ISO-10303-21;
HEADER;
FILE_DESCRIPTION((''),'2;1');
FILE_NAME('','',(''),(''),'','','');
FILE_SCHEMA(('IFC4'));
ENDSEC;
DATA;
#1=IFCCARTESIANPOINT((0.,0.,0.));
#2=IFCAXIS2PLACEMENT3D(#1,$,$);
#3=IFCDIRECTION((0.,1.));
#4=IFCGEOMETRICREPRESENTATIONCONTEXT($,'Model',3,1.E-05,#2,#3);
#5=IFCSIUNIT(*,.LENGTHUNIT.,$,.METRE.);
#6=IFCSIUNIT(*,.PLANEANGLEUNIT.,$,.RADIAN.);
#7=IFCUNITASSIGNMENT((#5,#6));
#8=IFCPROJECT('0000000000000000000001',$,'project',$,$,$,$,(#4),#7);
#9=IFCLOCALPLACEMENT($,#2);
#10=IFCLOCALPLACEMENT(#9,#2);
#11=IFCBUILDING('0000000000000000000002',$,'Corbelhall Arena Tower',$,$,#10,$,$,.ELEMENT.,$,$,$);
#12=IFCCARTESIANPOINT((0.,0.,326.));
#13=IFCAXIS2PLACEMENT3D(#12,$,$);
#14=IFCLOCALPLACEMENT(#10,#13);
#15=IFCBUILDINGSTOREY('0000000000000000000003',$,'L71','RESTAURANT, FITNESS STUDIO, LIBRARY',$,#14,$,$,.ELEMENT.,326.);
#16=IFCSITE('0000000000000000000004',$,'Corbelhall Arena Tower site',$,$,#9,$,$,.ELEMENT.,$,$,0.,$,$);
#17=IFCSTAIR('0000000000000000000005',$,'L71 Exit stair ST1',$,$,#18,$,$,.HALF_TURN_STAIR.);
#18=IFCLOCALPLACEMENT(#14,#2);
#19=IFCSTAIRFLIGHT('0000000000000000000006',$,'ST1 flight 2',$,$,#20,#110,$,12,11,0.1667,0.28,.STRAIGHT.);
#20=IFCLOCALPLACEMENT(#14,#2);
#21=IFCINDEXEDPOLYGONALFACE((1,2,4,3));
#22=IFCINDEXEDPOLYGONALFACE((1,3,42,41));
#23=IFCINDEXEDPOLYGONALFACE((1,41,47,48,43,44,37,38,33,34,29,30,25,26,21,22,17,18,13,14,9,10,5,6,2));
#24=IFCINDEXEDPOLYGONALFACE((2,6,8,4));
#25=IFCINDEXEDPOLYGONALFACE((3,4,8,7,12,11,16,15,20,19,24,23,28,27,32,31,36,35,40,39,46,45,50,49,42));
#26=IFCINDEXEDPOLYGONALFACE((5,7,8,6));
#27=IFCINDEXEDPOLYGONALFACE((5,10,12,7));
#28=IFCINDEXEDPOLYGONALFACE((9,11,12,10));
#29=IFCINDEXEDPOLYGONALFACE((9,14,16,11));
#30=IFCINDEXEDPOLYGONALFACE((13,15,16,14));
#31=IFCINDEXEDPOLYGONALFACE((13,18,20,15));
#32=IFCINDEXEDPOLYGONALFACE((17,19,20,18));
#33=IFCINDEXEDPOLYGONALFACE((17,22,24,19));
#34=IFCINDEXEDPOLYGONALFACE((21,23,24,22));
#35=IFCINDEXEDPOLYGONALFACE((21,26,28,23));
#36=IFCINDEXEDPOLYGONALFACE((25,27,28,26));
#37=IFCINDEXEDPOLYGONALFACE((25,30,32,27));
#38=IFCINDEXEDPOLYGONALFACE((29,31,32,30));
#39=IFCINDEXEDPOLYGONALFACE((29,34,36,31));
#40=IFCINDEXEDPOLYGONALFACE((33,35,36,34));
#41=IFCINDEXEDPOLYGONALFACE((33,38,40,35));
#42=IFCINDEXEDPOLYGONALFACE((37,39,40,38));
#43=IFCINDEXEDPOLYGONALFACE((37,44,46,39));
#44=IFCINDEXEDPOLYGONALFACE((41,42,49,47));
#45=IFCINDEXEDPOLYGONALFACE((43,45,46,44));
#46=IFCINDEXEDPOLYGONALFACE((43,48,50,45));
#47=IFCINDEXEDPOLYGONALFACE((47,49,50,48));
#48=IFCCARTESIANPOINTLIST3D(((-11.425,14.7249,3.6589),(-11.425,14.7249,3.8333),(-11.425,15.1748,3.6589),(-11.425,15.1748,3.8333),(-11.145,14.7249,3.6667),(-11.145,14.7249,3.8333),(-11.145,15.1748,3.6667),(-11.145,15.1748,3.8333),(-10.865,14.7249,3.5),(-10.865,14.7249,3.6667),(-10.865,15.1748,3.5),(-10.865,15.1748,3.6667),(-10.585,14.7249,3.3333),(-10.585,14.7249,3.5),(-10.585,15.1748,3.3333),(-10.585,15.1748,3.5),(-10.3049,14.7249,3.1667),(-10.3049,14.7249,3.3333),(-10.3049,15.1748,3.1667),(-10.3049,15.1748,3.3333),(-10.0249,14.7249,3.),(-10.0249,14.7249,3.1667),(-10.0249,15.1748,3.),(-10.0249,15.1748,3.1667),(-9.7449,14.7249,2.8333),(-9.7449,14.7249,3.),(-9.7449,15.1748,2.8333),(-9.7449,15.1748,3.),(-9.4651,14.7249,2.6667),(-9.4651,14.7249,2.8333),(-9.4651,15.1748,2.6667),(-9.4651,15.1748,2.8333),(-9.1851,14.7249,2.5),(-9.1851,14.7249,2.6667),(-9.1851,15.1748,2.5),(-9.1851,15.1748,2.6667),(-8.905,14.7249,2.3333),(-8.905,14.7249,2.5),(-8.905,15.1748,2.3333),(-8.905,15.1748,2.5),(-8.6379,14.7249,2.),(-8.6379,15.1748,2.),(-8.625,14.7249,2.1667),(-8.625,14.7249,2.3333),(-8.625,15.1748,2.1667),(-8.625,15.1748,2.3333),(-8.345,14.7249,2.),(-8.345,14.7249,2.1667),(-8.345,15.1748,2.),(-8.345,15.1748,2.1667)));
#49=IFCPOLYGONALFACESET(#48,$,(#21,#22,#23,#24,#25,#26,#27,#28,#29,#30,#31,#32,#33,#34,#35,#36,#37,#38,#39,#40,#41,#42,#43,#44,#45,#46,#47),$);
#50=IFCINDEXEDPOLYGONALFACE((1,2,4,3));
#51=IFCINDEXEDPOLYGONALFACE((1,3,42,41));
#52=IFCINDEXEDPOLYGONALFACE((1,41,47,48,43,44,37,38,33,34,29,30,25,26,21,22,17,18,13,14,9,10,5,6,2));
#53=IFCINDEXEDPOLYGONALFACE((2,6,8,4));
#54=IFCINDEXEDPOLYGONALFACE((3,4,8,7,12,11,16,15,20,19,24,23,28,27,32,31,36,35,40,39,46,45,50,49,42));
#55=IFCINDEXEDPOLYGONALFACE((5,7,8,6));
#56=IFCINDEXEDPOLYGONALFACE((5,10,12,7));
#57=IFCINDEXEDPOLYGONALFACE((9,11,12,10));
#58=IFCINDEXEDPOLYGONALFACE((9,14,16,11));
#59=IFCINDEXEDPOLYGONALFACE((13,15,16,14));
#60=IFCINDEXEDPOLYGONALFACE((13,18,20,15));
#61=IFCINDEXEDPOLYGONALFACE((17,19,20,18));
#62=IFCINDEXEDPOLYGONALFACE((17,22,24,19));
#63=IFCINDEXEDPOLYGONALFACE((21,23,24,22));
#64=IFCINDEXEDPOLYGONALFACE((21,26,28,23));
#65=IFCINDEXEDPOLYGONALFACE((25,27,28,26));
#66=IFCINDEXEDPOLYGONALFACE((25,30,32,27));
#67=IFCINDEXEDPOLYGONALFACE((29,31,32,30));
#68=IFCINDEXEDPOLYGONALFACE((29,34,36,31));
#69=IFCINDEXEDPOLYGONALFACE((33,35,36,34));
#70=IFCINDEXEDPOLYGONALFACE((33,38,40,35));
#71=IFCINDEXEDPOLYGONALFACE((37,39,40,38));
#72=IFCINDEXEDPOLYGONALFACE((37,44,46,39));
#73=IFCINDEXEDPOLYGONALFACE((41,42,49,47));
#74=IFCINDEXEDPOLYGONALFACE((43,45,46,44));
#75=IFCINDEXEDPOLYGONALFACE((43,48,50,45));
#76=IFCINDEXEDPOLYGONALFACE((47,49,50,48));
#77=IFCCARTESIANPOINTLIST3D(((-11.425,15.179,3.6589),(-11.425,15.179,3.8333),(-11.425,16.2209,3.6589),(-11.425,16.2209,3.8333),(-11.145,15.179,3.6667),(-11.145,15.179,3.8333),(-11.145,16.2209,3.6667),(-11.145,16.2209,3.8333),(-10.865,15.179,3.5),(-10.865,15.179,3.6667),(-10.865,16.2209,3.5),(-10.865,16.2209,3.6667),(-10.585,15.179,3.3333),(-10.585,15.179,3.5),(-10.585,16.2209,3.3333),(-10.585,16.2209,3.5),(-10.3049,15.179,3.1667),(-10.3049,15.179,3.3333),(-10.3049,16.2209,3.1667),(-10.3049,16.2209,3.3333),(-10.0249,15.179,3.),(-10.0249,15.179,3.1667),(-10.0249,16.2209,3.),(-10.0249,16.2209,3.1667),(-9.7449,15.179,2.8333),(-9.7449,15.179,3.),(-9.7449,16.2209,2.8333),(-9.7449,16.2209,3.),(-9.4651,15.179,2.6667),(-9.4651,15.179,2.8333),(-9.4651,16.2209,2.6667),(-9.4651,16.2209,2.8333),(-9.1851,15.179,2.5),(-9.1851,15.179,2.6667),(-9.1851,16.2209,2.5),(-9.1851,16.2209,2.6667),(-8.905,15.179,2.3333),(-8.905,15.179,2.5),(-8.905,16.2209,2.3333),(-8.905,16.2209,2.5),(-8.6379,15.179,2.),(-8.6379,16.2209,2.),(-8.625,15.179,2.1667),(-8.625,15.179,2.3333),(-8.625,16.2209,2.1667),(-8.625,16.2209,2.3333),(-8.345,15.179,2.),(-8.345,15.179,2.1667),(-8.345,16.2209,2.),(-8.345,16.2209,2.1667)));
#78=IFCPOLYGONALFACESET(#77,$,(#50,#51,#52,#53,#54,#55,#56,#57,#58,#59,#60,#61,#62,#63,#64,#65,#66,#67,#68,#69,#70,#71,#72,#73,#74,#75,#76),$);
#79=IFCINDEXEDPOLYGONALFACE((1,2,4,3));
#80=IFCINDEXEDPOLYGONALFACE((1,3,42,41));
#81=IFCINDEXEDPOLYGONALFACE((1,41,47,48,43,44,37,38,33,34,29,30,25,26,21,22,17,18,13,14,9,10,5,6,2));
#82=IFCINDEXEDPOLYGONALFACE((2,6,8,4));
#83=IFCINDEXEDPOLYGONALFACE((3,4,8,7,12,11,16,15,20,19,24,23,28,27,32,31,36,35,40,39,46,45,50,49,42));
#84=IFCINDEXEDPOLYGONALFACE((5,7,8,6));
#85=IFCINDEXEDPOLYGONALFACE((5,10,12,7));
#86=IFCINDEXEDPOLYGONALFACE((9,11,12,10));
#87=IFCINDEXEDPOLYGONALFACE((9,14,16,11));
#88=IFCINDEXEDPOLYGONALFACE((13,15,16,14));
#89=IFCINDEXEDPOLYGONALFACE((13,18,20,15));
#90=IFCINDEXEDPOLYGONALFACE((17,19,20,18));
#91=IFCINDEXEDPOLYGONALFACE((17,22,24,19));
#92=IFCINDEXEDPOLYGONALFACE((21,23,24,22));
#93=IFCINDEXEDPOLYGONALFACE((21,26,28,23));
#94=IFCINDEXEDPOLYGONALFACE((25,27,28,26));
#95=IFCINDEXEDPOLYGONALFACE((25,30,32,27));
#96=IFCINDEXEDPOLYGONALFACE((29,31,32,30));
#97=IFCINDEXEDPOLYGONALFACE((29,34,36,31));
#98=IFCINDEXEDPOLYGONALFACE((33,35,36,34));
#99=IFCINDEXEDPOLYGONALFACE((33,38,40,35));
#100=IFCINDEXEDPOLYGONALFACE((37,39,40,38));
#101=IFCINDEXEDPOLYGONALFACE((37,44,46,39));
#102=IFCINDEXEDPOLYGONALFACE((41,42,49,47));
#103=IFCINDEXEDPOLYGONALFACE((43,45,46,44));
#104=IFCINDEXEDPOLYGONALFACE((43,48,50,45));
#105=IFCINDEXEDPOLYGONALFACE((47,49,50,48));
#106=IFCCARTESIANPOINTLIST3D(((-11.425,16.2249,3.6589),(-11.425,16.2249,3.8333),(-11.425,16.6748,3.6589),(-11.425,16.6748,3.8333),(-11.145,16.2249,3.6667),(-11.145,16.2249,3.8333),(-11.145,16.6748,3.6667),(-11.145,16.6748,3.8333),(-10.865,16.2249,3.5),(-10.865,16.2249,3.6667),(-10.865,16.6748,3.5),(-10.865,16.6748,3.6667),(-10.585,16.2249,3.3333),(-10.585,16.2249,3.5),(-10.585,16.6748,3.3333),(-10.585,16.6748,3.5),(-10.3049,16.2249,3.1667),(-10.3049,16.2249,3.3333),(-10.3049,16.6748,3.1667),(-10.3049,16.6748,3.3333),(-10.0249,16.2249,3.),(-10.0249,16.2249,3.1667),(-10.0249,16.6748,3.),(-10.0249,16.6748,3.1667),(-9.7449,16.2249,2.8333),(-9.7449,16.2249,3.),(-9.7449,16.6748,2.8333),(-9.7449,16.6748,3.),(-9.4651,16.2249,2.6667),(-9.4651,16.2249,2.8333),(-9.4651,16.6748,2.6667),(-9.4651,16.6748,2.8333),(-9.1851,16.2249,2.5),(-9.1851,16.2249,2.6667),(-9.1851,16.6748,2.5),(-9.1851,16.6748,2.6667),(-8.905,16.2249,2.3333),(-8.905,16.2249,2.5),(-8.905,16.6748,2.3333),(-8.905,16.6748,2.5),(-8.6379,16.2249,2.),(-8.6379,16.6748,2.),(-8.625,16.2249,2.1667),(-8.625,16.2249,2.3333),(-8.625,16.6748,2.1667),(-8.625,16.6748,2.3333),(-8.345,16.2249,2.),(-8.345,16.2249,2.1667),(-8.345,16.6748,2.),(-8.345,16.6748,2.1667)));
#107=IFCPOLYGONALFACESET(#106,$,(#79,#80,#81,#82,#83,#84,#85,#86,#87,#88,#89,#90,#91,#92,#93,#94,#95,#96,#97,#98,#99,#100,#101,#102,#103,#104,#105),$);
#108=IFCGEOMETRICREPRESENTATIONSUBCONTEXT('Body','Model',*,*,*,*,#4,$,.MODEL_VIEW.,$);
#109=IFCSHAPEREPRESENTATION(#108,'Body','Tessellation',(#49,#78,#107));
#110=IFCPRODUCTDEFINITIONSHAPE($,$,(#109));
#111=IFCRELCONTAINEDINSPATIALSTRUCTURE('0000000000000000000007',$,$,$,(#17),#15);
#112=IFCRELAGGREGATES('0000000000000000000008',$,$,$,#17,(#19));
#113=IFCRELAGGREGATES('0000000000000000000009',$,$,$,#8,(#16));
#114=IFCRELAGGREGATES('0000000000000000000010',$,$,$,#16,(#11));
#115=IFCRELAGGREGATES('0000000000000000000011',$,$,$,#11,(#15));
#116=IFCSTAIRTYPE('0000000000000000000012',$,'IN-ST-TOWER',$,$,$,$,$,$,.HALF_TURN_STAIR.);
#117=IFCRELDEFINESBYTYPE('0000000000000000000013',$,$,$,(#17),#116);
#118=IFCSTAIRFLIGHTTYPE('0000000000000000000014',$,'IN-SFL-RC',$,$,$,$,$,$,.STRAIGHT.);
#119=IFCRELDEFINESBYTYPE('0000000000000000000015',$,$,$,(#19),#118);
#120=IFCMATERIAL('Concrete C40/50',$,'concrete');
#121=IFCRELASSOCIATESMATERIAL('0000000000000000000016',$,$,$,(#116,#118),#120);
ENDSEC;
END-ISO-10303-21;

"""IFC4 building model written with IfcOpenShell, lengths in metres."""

from ifc_helpers import new_model, si_unit, direction, frame, origin, place, context, subcontext, project, spatial, polyline, outline, extrude, material, type_object, element, aggregate, save


model = new_model("IFC4")

# Units and contexts
model_context = context("Model", 3, precision=1e-05, world=origin(), true_north=direction((0.0, 1.0)))
body_context = subcontext(model_context, "Body", "Model", "MODEL_VIEW")
ifc_project = project(units=[si_unit("LENGTHUNIT", "METRE"), si_unit("PLANEANGLEUNIT", "RADIAN")], contexts=[model_context])

# Site, building, storey
site_placement = place(None, origin())
site = spatial("IfcSite", under=ifc_project, at=site_placement, Name="Corbelhall Arena Tower site", CompositionType="ELEMENT", RefElevation=0.0)
building_placement = place(site_placement, origin())
building = spatial("IfcBuilding", under=site, at=building_placement, Name="Corbelhall Arena Tower", CompositionType="ELEMENT")
storey_placement = place(building_placement, frame((0.0, 0.0, 326.0)))
storey = spatial("IfcBuildingStorey", under=building, at=storey_placement, Name="L71", Description="RESTAURANT, FITNESS STUDIO, LIBRARY", CompositionType="ELEMENT", Elevation=326.0)

# Shared definitions
ifc_material_1 = material(Name="Concrete C40/50", Category="concrete")

# Stair, stair flight
stair_type = type_object("IfcStairType", Name="IN-ST-TOWER", PredefinedType="HALF_TURN_STAIR", material=ifc_material_1)
stair_placement = place(storey_placement, origin())
stair = element("IfcStair", 1, at=stair_placement, inside=storey, type_object=stair_type, Name="L71 Exit stair ST1", PredefinedType="HALF_TURN_STAIR")
stair_flight_type = type_object("IfcStairFlightType", Name="IN-SFL-RC", PredefinedType="STRAIGHT", material=ifc_material_1)
stair_flight_1_placement = place(storey_placement, frame((-8.345, 15.7, 2.0), z_axis=(0.0, 0.0, 1.0), x_axis=(-1.0, 0.0, 0.0)))
stair_flight_1 = element("IfcStairFlight", 2, at=stair_flight_1_placement, type_object=stair_flight_type, Name="ST1 flight 2", NumberOfRisers=12, NumberOfTreads=11, PredefinedType="STRAIGHT", RiserHeight=0.1667, TreadLength=0.28, context=body_context, shape_type="SweptSolid", body=[
    extrude(outline(polyline([(0.0, 0.0), (0.0, 0.1667), (0.28, 0.1667), (0.28, 0.3333), (0.5601, 0.3333), (0.5601, 0.5), (0.8401, 0.5), (0.8401, 0.6667), (1.1201, 0.6667), (1.1201, 0.8333), (1.3999, 0.8333), (1.3999, 1.0), (1.6799, 1.0), (1.6799, 1.1667), (1.96, 1.1667), (1.96, 1.3333), (2.24, 1.3333), (2.24, 1.5), (2.52, 1.5), (2.52, 1.6667), (2.8, 1.6667), (2.8, 1.8333), (3.0801, 1.8333), (3.0801, 2.0), (3.0801, 1.6589), (0.293, 0.0), (0.0, 0.0)])), frame((0.0, 0.9751, 0.0), z_axis=(0.0, -1.0, 0.0), x_axis=(1.0, 0.0, 0.0)), (0.0, 0.0, 1.0), 0.45),
    extrude(outline(polyline([(0.0, 0.0), (0.0, 0.1667), (0.28, 0.1667), (0.28, 0.3333), (0.5601, 0.3333), (0.5601, 0.5), (0.8401, 0.5), (0.8401, 0.6667), (1.1201, 0.6667), (1.1201, 0.8333), (1.3999, 0.8333), (1.3999, 1.0), (1.6799, 1.0), (1.6799, 1.1667), (1.96, 1.1667), (1.96, 1.3333), (2.24, 1.3333), (2.24, 1.5), (2.52, 1.5), (2.52, 1.6667), (2.8, 1.6667), (2.8, 1.8333), (3.0801, 1.8333), (3.0801, 2.0), (3.0801, 1.6589), (0.293, 0.0), (0.0, 0.0)])), frame((0.0, 0.521, 0.0), z_axis=(0.0, -1.0, 0.0), x_axis=(1.0, 0.0, 0.0)), (0.0, 0.0, 1.0), 1.042),
    extrude(outline(polyline([(0.0, 0.0), (0.0, 0.1667), (0.28, 0.1667), (0.28, 0.3333), (0.5601, 0.3333), (0.5601, 0.5), (0.8401, 0.5), (0.8401, 0.6667), (1.1201, 0.6667), (1.1201, 0.8333), (1.3999, 0.8333), (1.3999, 1.0), (1.6799, 1.0), (1.6799, 1.1667), (1.96, 1.1667), (1.96, 1.3333), (2.24, 1.3333), (2.24, 1.5), (2.52, 1.5), (2.52, 1.6667), (2.8, 1.6667), (2.8, 1.8333), (3.0801, 1.8333), (3.0801, 2.0), (3.0801, 1.6589), (0.293, 0.0), (0.0, 0.0)])), frame((0.0, -0.5249, 0.0), z_axis=(0.0, -1.0, 0.0), x_axis=(1.0, 0.0, 0.0)), (0.0, 0.0, 1.0), 0.45),
])
aggregate(stair, [stair_flight_1])

save(model, "model.ifc")
